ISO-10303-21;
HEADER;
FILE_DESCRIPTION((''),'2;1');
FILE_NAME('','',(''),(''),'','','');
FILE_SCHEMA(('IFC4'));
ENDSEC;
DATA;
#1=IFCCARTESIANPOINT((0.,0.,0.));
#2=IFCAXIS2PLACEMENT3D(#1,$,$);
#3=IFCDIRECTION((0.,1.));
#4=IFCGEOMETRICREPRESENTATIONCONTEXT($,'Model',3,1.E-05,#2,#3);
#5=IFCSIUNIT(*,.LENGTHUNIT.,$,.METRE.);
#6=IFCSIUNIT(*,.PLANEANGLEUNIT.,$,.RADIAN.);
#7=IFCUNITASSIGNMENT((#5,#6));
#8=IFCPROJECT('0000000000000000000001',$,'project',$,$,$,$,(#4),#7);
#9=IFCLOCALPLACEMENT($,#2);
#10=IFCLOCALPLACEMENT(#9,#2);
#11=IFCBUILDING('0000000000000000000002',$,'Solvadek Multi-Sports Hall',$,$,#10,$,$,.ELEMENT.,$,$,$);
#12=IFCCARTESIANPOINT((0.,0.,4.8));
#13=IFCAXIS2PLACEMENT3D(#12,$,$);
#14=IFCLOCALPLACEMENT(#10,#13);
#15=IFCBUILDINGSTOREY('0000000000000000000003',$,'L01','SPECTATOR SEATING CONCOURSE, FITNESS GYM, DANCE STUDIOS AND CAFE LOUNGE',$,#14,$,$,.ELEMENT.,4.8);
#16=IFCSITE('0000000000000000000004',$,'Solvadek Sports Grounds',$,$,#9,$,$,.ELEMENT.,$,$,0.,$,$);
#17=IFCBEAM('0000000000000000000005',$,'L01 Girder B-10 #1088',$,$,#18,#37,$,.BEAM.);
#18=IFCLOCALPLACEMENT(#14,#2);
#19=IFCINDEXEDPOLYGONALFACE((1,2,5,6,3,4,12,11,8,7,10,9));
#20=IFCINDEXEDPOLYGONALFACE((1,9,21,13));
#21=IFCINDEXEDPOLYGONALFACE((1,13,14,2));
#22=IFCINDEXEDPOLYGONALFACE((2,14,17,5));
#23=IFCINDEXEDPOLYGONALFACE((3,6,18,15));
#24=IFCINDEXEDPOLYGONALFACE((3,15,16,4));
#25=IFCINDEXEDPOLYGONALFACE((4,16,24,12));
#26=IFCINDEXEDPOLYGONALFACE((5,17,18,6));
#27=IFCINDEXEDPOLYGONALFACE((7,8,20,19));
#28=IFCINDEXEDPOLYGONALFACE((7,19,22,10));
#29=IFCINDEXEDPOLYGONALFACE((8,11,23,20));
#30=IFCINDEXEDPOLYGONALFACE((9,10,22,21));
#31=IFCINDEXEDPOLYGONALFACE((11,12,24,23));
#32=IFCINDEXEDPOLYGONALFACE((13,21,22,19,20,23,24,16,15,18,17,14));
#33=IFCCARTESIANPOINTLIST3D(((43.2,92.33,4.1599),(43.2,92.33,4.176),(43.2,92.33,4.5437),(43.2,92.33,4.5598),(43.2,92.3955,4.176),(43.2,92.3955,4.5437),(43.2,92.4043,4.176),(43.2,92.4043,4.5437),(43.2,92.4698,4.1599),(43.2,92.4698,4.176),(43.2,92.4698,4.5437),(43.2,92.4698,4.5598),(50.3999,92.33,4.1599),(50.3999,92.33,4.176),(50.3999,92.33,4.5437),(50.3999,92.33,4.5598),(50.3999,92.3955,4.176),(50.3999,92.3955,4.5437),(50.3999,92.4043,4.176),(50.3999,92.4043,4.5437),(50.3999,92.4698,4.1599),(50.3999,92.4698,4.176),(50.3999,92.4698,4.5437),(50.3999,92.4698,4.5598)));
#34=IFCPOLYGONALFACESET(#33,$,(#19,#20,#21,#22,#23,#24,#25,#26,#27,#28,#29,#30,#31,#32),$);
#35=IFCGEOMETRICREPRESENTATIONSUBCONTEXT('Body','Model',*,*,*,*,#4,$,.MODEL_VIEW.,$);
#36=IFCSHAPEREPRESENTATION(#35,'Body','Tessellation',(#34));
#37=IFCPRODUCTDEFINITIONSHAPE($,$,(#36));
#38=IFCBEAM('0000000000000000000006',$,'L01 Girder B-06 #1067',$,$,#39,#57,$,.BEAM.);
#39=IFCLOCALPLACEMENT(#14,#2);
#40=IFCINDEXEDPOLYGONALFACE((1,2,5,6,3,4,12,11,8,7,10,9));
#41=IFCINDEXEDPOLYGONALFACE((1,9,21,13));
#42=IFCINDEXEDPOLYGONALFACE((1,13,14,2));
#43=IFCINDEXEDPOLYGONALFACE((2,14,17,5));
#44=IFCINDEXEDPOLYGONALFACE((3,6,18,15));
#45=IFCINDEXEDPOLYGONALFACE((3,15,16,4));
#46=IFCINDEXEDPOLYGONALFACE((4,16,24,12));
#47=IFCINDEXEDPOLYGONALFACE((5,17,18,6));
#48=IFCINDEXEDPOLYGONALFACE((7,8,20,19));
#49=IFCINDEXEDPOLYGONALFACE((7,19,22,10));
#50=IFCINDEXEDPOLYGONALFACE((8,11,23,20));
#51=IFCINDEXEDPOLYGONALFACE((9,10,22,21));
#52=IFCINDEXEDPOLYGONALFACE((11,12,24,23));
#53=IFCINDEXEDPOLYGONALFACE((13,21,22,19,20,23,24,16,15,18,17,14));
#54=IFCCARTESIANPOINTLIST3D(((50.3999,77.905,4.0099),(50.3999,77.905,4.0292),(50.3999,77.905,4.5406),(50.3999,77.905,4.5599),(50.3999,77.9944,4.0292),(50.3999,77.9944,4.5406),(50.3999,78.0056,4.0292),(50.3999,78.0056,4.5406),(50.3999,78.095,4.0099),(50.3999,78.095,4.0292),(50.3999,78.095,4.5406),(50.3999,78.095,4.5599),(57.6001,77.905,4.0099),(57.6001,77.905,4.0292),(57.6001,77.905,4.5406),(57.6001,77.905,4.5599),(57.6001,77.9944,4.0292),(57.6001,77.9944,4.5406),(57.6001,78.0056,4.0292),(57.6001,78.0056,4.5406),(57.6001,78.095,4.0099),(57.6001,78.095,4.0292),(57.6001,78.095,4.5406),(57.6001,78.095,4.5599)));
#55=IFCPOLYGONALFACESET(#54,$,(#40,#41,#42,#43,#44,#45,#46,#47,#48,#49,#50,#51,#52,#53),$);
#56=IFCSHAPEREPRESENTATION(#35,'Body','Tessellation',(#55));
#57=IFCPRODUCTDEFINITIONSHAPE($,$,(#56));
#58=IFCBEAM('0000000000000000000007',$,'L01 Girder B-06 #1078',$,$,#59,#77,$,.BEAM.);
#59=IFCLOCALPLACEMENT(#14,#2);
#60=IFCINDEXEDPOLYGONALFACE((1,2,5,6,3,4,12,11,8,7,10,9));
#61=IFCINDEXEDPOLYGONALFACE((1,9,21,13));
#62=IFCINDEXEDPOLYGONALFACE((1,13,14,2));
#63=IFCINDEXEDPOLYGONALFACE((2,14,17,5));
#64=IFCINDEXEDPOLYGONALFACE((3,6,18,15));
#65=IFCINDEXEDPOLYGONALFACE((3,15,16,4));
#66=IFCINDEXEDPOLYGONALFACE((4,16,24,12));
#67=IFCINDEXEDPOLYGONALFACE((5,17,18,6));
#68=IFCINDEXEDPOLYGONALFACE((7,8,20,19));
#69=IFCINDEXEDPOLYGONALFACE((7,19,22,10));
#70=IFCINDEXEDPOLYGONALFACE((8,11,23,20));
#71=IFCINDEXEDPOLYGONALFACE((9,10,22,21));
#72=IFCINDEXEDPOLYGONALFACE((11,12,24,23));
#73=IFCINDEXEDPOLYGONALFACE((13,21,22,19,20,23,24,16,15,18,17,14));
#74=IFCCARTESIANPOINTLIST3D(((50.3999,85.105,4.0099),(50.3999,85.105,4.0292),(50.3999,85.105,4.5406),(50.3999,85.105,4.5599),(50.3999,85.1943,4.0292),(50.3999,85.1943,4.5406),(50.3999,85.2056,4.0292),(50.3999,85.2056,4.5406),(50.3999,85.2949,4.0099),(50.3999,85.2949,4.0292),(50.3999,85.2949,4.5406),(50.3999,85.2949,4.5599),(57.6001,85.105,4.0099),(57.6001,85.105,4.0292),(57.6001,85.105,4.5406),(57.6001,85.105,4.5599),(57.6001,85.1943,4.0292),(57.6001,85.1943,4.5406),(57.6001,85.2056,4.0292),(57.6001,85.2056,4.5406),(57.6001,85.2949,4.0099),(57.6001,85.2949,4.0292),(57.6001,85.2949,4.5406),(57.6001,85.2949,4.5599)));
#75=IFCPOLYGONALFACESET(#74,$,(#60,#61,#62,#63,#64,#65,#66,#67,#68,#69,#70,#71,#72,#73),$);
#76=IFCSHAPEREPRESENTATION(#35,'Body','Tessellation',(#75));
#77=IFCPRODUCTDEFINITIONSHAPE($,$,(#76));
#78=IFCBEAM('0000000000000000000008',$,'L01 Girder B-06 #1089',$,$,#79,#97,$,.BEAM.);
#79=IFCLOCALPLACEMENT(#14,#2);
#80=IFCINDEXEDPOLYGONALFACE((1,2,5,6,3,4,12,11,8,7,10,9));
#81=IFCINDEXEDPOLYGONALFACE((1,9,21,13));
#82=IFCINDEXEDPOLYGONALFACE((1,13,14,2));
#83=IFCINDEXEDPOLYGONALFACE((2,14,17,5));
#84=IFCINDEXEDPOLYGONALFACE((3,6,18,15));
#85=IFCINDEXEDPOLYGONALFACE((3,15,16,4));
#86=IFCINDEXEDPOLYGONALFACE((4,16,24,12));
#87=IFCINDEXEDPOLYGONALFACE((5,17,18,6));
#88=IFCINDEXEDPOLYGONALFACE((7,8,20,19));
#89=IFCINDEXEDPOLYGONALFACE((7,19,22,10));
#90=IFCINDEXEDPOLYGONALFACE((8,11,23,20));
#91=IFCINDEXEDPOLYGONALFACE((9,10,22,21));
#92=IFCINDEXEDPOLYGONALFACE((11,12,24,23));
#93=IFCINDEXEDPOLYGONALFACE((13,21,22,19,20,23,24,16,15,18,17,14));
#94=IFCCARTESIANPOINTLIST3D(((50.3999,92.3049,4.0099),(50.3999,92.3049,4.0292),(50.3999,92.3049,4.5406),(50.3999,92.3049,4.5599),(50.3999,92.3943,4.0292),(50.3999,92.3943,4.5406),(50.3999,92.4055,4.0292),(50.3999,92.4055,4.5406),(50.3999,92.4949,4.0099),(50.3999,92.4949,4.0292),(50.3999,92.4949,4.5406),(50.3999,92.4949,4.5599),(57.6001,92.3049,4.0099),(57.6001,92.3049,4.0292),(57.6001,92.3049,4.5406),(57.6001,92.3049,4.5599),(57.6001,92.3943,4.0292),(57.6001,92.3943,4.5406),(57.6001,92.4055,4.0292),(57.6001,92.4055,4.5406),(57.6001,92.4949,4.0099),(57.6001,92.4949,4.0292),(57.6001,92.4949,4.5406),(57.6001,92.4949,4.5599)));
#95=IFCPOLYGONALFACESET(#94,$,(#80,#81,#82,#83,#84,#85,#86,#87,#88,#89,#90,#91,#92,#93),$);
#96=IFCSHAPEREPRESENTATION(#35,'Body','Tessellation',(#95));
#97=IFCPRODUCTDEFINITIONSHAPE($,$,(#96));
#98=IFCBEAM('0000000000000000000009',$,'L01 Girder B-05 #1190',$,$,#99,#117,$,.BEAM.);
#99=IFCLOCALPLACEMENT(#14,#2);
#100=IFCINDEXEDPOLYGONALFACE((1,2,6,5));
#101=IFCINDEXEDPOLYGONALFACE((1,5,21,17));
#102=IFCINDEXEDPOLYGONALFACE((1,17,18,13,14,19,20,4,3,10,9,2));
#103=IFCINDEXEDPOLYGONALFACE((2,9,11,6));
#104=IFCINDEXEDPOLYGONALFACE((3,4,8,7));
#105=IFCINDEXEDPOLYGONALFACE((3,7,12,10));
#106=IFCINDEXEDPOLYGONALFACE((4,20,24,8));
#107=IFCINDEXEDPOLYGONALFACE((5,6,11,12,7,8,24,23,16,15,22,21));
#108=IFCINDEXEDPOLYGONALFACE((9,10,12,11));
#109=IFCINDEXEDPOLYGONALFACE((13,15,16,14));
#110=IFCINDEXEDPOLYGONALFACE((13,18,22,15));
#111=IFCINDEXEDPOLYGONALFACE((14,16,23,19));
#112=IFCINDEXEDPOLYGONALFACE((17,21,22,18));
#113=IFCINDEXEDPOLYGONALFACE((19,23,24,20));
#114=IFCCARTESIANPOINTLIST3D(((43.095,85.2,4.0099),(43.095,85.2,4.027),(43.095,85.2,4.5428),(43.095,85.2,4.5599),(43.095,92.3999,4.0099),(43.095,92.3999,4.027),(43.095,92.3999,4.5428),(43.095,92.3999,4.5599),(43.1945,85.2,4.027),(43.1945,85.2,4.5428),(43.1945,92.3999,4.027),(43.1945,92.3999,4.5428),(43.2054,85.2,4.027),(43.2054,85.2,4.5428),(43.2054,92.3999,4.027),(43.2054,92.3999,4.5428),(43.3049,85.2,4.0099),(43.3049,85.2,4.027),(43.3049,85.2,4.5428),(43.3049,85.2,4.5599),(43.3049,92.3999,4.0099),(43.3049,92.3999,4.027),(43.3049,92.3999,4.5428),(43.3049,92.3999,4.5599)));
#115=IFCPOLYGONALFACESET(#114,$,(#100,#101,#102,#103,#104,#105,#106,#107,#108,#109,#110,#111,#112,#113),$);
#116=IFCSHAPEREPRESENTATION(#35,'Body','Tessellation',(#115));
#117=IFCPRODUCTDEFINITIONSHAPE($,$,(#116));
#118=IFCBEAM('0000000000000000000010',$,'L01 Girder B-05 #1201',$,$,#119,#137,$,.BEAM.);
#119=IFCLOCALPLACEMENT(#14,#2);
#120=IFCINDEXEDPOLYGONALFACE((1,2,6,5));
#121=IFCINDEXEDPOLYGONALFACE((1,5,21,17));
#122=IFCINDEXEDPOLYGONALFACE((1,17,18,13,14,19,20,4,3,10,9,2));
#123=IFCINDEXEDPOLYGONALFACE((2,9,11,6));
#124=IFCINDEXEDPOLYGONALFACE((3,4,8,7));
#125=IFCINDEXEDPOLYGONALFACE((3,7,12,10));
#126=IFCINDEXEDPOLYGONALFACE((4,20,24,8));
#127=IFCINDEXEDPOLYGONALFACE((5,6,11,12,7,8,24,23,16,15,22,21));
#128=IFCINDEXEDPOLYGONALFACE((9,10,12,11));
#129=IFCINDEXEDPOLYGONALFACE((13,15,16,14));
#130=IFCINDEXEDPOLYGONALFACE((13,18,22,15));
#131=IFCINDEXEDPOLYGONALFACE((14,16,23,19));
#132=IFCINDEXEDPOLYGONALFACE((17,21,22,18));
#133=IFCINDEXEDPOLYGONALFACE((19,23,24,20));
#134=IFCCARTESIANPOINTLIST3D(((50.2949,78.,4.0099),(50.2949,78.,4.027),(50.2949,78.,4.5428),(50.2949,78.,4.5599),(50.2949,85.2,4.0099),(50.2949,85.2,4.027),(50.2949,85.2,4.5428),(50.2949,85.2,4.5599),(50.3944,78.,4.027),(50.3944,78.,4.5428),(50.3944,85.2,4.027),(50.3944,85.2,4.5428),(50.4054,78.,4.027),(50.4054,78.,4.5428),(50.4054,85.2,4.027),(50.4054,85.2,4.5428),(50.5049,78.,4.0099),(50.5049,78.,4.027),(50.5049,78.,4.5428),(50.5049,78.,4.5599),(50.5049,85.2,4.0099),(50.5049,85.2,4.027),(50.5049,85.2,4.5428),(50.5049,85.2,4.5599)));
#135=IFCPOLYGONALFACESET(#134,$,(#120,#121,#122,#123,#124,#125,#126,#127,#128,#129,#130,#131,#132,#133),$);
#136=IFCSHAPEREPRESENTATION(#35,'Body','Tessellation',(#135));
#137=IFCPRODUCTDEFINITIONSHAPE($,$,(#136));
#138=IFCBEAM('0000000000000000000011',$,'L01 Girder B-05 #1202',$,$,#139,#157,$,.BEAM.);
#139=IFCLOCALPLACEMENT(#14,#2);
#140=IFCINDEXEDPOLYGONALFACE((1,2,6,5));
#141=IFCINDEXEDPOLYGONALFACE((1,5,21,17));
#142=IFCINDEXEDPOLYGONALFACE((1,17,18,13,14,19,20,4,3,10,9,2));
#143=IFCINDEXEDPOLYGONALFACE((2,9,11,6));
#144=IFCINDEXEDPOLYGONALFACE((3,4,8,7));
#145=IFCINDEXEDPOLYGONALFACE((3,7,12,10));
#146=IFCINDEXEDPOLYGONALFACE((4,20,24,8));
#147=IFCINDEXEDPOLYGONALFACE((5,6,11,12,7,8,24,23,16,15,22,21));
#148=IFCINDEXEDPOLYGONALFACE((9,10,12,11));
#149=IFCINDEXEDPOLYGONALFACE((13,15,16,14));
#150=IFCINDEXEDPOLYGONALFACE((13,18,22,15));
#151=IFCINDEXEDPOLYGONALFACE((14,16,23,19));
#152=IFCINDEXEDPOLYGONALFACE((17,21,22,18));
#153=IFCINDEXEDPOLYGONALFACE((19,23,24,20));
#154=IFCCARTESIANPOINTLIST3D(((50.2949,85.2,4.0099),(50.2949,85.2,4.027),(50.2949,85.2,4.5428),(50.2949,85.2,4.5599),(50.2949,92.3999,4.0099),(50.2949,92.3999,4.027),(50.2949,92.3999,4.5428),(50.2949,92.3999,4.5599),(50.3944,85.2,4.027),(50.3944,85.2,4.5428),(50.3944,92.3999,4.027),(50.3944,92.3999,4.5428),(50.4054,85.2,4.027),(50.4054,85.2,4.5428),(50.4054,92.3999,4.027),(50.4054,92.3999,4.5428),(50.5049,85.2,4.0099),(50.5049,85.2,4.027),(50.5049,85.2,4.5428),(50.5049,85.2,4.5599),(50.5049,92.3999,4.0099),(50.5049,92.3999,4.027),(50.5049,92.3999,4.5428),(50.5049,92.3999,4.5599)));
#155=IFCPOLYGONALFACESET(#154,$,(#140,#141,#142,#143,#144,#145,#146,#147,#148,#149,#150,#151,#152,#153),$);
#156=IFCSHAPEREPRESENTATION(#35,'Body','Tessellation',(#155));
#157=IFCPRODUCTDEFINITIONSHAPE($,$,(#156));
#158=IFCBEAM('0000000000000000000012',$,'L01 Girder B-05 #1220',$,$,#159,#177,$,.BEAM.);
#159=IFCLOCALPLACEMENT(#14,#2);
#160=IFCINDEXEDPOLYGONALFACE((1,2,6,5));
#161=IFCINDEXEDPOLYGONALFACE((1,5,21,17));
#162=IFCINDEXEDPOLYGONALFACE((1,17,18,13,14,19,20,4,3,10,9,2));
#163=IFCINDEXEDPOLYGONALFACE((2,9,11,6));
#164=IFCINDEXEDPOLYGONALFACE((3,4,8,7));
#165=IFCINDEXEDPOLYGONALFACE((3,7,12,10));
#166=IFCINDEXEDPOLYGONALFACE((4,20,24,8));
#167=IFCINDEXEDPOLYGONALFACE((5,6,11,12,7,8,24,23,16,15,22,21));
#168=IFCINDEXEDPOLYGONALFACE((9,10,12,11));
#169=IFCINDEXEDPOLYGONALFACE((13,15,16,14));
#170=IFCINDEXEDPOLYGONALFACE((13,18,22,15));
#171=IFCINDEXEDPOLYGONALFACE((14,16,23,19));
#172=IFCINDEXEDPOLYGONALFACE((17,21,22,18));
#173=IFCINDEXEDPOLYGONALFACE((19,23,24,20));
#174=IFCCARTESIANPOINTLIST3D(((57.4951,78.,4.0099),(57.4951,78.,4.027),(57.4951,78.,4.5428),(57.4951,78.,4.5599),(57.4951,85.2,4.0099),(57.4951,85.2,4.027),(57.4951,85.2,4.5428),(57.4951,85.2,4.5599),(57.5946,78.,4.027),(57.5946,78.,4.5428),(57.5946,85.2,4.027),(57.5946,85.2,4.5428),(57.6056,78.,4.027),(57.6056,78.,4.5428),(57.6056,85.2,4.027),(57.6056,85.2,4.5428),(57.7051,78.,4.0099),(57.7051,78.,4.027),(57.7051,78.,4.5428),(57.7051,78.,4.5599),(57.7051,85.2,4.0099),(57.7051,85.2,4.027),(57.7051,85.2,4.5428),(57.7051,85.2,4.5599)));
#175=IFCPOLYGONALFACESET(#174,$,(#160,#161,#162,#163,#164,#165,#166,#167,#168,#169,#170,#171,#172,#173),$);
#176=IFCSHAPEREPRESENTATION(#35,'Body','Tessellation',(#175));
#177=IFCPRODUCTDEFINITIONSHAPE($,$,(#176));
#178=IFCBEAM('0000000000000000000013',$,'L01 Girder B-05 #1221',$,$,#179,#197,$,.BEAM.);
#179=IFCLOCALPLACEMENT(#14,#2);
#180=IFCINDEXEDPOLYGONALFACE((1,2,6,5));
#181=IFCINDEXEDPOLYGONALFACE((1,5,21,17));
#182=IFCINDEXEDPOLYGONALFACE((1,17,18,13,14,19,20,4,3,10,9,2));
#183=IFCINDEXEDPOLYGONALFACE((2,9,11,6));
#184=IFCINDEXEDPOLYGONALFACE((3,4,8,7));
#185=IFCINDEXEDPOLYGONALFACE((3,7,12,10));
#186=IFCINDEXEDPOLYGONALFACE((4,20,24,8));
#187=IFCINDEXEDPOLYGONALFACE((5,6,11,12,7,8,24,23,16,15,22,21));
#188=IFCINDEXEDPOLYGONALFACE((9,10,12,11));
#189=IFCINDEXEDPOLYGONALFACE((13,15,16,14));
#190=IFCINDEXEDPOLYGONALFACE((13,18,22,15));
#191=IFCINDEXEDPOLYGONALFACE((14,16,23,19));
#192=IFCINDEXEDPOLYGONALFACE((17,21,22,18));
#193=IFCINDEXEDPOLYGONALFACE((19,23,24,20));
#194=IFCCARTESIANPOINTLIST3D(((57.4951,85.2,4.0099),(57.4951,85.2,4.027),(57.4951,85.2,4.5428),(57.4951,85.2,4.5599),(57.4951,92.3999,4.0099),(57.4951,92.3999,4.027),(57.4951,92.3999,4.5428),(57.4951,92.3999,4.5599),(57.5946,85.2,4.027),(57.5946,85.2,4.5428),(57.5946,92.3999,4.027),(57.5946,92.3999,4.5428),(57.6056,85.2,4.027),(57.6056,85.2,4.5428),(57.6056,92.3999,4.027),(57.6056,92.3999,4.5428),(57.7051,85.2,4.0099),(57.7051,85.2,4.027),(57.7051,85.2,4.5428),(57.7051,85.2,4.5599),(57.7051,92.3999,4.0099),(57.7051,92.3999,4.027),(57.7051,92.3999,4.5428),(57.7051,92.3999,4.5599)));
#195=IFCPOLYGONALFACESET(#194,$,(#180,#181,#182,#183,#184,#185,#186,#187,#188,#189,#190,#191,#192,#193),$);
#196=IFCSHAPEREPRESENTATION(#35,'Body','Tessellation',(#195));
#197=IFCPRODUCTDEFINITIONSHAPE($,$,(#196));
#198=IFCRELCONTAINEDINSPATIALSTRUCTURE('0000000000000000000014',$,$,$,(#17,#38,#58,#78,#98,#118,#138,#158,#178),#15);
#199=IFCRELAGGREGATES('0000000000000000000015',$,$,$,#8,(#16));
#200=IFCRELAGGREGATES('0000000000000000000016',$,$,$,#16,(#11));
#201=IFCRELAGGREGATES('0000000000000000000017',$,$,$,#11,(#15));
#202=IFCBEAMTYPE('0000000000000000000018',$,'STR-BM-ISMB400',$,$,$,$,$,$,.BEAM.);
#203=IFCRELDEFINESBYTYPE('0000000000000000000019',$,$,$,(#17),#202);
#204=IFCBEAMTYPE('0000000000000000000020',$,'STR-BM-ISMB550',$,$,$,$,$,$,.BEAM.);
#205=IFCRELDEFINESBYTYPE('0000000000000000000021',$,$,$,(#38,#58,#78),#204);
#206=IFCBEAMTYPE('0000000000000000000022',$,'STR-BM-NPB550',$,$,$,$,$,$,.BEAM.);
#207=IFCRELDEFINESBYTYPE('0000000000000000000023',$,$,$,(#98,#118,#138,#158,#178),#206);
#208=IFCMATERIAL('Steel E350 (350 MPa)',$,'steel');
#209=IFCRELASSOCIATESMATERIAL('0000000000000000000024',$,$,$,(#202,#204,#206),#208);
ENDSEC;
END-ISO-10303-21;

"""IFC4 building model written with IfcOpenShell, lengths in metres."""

from ifc_helpers import new_model, si_unit, direction, frame, origin, origin_2d, place, context, subcontext, project, spatial, i_section, extrude, material, material_profile, profile_set, type_object, element, save


model = new_model("IFC4")

# Units and contexts
model_context = context("Model", 3, precision=1e-05, world=origin(), true_north=direction((0.0, 1.0)))
body_context = subcontext(model_context, "Body", "Model", "MODEL_VIEW")
ifc_project = project(units=[si_unit("LENGTHUNIT", "METRE"), si_unit("PLANEANGLEUNIT", "RADIAN")], contexts=[model_context])

# Site, building, storey
site_placement = place(None, origin())
site = spatial("IfcSite", under=ifc_project, at=site_placement, Name="Solvadek Sports Grounds", CompositionType="ELEMENT", RefElevation=0.0)
building_placement = place(site_placement, origin())
building = spatial("IfcBuilding", under=site, at=building_placement, Name="Solvadek Multi-Sports Hall", CompositionType="ELEMENT")
storey_placement = place(building_placement, frame((0.0, 0.0, 4.8)))
storey = spatial("IfcBuildingStorey", under=building, at=storey_placement, Name="L01", Description="SPECTATOR SEATING CONCOURSE, FITNESS GYM, DANCE STUDIOS AND CAFE LOUNGE", CompositionType="ELEMENT", Elevation=4.8)

# Shared definitions
ifc_material_1 = material(Name="Steel E350 (350 MPa)", Category="steel")

# Beams
ifc_material_profile_1 = material_profile(ifc_material_1, i_section(OverallWidth=0.1399, OverallDepth=0.3999, WebThickness=0.0088, FlangeThickness=0.0161, at=origin_2d()), Name="ISMB 400")
ifc_profile_set_1 = profile_set([ifc_material_profile_1], Name="Steel E350 (350 MPa)")
beam_type_1 = type_object("IfcBeamType", Name="STR-BM-ISMB400", PredefinedType="BEAM", material=ifc_profile_set_1)
for number, where, z_axis, x_axis, name in (
    (1, (43.2, 92.3999, 4.3599), (1.0, 0.0, 0.0), (0.0, 1.0, 0.0), "L01 Girder B-10 #1088"),
):
    element("IfcBeam", number, at=place(storey_placement, frame(where, z_axis=z_axis, x_axis=x_axis)), inside=storey, type_object=beam_type_1, Name=name, PredefinedType="BEAM", context=body_context, shape_type="SweptSolid", body=[
        extrude(i_section(OverallWidth=0.1399, OverallDepth=0.3999, WebThickness=0.0088, FlangeThickness=0.0161, at=origin_2d()), origin(), (0.0, 0.0, 1.0), 7.2),
    ])
ifc_material_profile_2 = material_profile(ifc_material_1, i_section(OverallWidth=0.1899, OverallDepth=0.55, WebThickness=0.0112, FlangeThickness=0.0193, at=origin_2d()), Name="ISMB 550")
ifc_profile_set_2 = profile_set([ifc_material_profile_2], Name="Steel E350 (350 MPa)")
beam_type_2 = type_object("IfcBeamType", Name="STR-BM-ISMB550", PredefinedType="BEAM", material=ifc_profile_set_2)
for number, where, z_axis, x_axis, name in (
    (2, (50.3999, 78.0, 4.2849), (1.0, 0.0, 0.0), (0.0, 1.0, 0.0), "L01 Girder B-06 #1067"),
    (3, (50.3999, 85.2, 4.2849), (1.0, 0.0, 0.0), (0.0, 1.0, 0.0), "L01 Girder B-06 #1078"),
    (4, (50.3999, 92.3999, 4.2849), (1.0, 0.0, 0.0), (0.0, 1.0, 0.0), "L01 Girder B-06 #1089"),
):
    element("IfcBeam", number, at=place(storey_placement, frame(where, z_axis=z_axis, x_axis=x_axis)), inside=storey, type_object=beam_type_2, Name=name, PredefinedType="BEAM", context=body_context, shape_type="SweptSolid", body=[
        extrude(i_section(OverallWidth=0.1899, OverallDepth=0.55, WebThickness=0.0112, FlangeThickness=0.0193, at=origin_2d()), origin(), (0.0, 0.0, 1.0), 7.2002),
    ])
ifc_material_profile_3 = material_profile(ifc_material_1, i_section(OverallWidth=0.21, OverallDepth=0.55, WebThickness=0.011, FlangeThickness=0.0171, at=origin_2d()), Name="NPB 550")
ifc_profile_set_3 = profile_set([ifc_material_profile_3], Name="Steel E350 (350 MPa)")
beam_type_3 = type_object("IfcBeamType", Name="STR-BM-NPB550", PredefinedType="BEAM", material=ifc_profile_set_3)
for number, where, z_axis, x_axis, name in (
    (5, (43.2, 85.2, 4.2849), (0.0, 1.0, 0.0), (-1.0, 0.0, 0.0), "L01 Girder B-05 #1190"),
    (6, (50.3999, 78.0, 4.2849), (0.0, 1.0, 0.0), (-1.0, 0.0, 0.0), "L01 Girder B-05 #1201"),
    (7, (50.3999, 85.2, 4.2849), (0.0, 1.0, 0.0), (-1.0, 0.0, 0.0), "L01 Girder B-05 #1202"),
    (8, (57.6001, 78.0, 4.2849), (0.0, 1.0, 0.0), (-1.0, 0.0, 0.0), "L01 Girder B-05 #1220"),
    (9, (57.6001, 85.2, 4.2849), (0.0, 1.0, 0.0), (-1.0, 0.0, 0.0), "L01 Girder B-05 #1221"),
):
    element("IfcBeam", number, at=place(storey_placement, frame(where, z_axis=z_axis, x_axis=x_axis)), inside=storey, type_object=beam_type_3, Name=name, PredefinedType="BEAM", context=body_context, shape_type="SweptSolid", body=[
        extrude(i_section(OverallWidth=0.21, OverallDepth=0.55, WebThickness=0.011, FlangeThickness=0.0171, at=origin_2d()), origin(), (0.0, 0.0, 1.0), 7.2),
    ])

save(model, "model.ifc")
